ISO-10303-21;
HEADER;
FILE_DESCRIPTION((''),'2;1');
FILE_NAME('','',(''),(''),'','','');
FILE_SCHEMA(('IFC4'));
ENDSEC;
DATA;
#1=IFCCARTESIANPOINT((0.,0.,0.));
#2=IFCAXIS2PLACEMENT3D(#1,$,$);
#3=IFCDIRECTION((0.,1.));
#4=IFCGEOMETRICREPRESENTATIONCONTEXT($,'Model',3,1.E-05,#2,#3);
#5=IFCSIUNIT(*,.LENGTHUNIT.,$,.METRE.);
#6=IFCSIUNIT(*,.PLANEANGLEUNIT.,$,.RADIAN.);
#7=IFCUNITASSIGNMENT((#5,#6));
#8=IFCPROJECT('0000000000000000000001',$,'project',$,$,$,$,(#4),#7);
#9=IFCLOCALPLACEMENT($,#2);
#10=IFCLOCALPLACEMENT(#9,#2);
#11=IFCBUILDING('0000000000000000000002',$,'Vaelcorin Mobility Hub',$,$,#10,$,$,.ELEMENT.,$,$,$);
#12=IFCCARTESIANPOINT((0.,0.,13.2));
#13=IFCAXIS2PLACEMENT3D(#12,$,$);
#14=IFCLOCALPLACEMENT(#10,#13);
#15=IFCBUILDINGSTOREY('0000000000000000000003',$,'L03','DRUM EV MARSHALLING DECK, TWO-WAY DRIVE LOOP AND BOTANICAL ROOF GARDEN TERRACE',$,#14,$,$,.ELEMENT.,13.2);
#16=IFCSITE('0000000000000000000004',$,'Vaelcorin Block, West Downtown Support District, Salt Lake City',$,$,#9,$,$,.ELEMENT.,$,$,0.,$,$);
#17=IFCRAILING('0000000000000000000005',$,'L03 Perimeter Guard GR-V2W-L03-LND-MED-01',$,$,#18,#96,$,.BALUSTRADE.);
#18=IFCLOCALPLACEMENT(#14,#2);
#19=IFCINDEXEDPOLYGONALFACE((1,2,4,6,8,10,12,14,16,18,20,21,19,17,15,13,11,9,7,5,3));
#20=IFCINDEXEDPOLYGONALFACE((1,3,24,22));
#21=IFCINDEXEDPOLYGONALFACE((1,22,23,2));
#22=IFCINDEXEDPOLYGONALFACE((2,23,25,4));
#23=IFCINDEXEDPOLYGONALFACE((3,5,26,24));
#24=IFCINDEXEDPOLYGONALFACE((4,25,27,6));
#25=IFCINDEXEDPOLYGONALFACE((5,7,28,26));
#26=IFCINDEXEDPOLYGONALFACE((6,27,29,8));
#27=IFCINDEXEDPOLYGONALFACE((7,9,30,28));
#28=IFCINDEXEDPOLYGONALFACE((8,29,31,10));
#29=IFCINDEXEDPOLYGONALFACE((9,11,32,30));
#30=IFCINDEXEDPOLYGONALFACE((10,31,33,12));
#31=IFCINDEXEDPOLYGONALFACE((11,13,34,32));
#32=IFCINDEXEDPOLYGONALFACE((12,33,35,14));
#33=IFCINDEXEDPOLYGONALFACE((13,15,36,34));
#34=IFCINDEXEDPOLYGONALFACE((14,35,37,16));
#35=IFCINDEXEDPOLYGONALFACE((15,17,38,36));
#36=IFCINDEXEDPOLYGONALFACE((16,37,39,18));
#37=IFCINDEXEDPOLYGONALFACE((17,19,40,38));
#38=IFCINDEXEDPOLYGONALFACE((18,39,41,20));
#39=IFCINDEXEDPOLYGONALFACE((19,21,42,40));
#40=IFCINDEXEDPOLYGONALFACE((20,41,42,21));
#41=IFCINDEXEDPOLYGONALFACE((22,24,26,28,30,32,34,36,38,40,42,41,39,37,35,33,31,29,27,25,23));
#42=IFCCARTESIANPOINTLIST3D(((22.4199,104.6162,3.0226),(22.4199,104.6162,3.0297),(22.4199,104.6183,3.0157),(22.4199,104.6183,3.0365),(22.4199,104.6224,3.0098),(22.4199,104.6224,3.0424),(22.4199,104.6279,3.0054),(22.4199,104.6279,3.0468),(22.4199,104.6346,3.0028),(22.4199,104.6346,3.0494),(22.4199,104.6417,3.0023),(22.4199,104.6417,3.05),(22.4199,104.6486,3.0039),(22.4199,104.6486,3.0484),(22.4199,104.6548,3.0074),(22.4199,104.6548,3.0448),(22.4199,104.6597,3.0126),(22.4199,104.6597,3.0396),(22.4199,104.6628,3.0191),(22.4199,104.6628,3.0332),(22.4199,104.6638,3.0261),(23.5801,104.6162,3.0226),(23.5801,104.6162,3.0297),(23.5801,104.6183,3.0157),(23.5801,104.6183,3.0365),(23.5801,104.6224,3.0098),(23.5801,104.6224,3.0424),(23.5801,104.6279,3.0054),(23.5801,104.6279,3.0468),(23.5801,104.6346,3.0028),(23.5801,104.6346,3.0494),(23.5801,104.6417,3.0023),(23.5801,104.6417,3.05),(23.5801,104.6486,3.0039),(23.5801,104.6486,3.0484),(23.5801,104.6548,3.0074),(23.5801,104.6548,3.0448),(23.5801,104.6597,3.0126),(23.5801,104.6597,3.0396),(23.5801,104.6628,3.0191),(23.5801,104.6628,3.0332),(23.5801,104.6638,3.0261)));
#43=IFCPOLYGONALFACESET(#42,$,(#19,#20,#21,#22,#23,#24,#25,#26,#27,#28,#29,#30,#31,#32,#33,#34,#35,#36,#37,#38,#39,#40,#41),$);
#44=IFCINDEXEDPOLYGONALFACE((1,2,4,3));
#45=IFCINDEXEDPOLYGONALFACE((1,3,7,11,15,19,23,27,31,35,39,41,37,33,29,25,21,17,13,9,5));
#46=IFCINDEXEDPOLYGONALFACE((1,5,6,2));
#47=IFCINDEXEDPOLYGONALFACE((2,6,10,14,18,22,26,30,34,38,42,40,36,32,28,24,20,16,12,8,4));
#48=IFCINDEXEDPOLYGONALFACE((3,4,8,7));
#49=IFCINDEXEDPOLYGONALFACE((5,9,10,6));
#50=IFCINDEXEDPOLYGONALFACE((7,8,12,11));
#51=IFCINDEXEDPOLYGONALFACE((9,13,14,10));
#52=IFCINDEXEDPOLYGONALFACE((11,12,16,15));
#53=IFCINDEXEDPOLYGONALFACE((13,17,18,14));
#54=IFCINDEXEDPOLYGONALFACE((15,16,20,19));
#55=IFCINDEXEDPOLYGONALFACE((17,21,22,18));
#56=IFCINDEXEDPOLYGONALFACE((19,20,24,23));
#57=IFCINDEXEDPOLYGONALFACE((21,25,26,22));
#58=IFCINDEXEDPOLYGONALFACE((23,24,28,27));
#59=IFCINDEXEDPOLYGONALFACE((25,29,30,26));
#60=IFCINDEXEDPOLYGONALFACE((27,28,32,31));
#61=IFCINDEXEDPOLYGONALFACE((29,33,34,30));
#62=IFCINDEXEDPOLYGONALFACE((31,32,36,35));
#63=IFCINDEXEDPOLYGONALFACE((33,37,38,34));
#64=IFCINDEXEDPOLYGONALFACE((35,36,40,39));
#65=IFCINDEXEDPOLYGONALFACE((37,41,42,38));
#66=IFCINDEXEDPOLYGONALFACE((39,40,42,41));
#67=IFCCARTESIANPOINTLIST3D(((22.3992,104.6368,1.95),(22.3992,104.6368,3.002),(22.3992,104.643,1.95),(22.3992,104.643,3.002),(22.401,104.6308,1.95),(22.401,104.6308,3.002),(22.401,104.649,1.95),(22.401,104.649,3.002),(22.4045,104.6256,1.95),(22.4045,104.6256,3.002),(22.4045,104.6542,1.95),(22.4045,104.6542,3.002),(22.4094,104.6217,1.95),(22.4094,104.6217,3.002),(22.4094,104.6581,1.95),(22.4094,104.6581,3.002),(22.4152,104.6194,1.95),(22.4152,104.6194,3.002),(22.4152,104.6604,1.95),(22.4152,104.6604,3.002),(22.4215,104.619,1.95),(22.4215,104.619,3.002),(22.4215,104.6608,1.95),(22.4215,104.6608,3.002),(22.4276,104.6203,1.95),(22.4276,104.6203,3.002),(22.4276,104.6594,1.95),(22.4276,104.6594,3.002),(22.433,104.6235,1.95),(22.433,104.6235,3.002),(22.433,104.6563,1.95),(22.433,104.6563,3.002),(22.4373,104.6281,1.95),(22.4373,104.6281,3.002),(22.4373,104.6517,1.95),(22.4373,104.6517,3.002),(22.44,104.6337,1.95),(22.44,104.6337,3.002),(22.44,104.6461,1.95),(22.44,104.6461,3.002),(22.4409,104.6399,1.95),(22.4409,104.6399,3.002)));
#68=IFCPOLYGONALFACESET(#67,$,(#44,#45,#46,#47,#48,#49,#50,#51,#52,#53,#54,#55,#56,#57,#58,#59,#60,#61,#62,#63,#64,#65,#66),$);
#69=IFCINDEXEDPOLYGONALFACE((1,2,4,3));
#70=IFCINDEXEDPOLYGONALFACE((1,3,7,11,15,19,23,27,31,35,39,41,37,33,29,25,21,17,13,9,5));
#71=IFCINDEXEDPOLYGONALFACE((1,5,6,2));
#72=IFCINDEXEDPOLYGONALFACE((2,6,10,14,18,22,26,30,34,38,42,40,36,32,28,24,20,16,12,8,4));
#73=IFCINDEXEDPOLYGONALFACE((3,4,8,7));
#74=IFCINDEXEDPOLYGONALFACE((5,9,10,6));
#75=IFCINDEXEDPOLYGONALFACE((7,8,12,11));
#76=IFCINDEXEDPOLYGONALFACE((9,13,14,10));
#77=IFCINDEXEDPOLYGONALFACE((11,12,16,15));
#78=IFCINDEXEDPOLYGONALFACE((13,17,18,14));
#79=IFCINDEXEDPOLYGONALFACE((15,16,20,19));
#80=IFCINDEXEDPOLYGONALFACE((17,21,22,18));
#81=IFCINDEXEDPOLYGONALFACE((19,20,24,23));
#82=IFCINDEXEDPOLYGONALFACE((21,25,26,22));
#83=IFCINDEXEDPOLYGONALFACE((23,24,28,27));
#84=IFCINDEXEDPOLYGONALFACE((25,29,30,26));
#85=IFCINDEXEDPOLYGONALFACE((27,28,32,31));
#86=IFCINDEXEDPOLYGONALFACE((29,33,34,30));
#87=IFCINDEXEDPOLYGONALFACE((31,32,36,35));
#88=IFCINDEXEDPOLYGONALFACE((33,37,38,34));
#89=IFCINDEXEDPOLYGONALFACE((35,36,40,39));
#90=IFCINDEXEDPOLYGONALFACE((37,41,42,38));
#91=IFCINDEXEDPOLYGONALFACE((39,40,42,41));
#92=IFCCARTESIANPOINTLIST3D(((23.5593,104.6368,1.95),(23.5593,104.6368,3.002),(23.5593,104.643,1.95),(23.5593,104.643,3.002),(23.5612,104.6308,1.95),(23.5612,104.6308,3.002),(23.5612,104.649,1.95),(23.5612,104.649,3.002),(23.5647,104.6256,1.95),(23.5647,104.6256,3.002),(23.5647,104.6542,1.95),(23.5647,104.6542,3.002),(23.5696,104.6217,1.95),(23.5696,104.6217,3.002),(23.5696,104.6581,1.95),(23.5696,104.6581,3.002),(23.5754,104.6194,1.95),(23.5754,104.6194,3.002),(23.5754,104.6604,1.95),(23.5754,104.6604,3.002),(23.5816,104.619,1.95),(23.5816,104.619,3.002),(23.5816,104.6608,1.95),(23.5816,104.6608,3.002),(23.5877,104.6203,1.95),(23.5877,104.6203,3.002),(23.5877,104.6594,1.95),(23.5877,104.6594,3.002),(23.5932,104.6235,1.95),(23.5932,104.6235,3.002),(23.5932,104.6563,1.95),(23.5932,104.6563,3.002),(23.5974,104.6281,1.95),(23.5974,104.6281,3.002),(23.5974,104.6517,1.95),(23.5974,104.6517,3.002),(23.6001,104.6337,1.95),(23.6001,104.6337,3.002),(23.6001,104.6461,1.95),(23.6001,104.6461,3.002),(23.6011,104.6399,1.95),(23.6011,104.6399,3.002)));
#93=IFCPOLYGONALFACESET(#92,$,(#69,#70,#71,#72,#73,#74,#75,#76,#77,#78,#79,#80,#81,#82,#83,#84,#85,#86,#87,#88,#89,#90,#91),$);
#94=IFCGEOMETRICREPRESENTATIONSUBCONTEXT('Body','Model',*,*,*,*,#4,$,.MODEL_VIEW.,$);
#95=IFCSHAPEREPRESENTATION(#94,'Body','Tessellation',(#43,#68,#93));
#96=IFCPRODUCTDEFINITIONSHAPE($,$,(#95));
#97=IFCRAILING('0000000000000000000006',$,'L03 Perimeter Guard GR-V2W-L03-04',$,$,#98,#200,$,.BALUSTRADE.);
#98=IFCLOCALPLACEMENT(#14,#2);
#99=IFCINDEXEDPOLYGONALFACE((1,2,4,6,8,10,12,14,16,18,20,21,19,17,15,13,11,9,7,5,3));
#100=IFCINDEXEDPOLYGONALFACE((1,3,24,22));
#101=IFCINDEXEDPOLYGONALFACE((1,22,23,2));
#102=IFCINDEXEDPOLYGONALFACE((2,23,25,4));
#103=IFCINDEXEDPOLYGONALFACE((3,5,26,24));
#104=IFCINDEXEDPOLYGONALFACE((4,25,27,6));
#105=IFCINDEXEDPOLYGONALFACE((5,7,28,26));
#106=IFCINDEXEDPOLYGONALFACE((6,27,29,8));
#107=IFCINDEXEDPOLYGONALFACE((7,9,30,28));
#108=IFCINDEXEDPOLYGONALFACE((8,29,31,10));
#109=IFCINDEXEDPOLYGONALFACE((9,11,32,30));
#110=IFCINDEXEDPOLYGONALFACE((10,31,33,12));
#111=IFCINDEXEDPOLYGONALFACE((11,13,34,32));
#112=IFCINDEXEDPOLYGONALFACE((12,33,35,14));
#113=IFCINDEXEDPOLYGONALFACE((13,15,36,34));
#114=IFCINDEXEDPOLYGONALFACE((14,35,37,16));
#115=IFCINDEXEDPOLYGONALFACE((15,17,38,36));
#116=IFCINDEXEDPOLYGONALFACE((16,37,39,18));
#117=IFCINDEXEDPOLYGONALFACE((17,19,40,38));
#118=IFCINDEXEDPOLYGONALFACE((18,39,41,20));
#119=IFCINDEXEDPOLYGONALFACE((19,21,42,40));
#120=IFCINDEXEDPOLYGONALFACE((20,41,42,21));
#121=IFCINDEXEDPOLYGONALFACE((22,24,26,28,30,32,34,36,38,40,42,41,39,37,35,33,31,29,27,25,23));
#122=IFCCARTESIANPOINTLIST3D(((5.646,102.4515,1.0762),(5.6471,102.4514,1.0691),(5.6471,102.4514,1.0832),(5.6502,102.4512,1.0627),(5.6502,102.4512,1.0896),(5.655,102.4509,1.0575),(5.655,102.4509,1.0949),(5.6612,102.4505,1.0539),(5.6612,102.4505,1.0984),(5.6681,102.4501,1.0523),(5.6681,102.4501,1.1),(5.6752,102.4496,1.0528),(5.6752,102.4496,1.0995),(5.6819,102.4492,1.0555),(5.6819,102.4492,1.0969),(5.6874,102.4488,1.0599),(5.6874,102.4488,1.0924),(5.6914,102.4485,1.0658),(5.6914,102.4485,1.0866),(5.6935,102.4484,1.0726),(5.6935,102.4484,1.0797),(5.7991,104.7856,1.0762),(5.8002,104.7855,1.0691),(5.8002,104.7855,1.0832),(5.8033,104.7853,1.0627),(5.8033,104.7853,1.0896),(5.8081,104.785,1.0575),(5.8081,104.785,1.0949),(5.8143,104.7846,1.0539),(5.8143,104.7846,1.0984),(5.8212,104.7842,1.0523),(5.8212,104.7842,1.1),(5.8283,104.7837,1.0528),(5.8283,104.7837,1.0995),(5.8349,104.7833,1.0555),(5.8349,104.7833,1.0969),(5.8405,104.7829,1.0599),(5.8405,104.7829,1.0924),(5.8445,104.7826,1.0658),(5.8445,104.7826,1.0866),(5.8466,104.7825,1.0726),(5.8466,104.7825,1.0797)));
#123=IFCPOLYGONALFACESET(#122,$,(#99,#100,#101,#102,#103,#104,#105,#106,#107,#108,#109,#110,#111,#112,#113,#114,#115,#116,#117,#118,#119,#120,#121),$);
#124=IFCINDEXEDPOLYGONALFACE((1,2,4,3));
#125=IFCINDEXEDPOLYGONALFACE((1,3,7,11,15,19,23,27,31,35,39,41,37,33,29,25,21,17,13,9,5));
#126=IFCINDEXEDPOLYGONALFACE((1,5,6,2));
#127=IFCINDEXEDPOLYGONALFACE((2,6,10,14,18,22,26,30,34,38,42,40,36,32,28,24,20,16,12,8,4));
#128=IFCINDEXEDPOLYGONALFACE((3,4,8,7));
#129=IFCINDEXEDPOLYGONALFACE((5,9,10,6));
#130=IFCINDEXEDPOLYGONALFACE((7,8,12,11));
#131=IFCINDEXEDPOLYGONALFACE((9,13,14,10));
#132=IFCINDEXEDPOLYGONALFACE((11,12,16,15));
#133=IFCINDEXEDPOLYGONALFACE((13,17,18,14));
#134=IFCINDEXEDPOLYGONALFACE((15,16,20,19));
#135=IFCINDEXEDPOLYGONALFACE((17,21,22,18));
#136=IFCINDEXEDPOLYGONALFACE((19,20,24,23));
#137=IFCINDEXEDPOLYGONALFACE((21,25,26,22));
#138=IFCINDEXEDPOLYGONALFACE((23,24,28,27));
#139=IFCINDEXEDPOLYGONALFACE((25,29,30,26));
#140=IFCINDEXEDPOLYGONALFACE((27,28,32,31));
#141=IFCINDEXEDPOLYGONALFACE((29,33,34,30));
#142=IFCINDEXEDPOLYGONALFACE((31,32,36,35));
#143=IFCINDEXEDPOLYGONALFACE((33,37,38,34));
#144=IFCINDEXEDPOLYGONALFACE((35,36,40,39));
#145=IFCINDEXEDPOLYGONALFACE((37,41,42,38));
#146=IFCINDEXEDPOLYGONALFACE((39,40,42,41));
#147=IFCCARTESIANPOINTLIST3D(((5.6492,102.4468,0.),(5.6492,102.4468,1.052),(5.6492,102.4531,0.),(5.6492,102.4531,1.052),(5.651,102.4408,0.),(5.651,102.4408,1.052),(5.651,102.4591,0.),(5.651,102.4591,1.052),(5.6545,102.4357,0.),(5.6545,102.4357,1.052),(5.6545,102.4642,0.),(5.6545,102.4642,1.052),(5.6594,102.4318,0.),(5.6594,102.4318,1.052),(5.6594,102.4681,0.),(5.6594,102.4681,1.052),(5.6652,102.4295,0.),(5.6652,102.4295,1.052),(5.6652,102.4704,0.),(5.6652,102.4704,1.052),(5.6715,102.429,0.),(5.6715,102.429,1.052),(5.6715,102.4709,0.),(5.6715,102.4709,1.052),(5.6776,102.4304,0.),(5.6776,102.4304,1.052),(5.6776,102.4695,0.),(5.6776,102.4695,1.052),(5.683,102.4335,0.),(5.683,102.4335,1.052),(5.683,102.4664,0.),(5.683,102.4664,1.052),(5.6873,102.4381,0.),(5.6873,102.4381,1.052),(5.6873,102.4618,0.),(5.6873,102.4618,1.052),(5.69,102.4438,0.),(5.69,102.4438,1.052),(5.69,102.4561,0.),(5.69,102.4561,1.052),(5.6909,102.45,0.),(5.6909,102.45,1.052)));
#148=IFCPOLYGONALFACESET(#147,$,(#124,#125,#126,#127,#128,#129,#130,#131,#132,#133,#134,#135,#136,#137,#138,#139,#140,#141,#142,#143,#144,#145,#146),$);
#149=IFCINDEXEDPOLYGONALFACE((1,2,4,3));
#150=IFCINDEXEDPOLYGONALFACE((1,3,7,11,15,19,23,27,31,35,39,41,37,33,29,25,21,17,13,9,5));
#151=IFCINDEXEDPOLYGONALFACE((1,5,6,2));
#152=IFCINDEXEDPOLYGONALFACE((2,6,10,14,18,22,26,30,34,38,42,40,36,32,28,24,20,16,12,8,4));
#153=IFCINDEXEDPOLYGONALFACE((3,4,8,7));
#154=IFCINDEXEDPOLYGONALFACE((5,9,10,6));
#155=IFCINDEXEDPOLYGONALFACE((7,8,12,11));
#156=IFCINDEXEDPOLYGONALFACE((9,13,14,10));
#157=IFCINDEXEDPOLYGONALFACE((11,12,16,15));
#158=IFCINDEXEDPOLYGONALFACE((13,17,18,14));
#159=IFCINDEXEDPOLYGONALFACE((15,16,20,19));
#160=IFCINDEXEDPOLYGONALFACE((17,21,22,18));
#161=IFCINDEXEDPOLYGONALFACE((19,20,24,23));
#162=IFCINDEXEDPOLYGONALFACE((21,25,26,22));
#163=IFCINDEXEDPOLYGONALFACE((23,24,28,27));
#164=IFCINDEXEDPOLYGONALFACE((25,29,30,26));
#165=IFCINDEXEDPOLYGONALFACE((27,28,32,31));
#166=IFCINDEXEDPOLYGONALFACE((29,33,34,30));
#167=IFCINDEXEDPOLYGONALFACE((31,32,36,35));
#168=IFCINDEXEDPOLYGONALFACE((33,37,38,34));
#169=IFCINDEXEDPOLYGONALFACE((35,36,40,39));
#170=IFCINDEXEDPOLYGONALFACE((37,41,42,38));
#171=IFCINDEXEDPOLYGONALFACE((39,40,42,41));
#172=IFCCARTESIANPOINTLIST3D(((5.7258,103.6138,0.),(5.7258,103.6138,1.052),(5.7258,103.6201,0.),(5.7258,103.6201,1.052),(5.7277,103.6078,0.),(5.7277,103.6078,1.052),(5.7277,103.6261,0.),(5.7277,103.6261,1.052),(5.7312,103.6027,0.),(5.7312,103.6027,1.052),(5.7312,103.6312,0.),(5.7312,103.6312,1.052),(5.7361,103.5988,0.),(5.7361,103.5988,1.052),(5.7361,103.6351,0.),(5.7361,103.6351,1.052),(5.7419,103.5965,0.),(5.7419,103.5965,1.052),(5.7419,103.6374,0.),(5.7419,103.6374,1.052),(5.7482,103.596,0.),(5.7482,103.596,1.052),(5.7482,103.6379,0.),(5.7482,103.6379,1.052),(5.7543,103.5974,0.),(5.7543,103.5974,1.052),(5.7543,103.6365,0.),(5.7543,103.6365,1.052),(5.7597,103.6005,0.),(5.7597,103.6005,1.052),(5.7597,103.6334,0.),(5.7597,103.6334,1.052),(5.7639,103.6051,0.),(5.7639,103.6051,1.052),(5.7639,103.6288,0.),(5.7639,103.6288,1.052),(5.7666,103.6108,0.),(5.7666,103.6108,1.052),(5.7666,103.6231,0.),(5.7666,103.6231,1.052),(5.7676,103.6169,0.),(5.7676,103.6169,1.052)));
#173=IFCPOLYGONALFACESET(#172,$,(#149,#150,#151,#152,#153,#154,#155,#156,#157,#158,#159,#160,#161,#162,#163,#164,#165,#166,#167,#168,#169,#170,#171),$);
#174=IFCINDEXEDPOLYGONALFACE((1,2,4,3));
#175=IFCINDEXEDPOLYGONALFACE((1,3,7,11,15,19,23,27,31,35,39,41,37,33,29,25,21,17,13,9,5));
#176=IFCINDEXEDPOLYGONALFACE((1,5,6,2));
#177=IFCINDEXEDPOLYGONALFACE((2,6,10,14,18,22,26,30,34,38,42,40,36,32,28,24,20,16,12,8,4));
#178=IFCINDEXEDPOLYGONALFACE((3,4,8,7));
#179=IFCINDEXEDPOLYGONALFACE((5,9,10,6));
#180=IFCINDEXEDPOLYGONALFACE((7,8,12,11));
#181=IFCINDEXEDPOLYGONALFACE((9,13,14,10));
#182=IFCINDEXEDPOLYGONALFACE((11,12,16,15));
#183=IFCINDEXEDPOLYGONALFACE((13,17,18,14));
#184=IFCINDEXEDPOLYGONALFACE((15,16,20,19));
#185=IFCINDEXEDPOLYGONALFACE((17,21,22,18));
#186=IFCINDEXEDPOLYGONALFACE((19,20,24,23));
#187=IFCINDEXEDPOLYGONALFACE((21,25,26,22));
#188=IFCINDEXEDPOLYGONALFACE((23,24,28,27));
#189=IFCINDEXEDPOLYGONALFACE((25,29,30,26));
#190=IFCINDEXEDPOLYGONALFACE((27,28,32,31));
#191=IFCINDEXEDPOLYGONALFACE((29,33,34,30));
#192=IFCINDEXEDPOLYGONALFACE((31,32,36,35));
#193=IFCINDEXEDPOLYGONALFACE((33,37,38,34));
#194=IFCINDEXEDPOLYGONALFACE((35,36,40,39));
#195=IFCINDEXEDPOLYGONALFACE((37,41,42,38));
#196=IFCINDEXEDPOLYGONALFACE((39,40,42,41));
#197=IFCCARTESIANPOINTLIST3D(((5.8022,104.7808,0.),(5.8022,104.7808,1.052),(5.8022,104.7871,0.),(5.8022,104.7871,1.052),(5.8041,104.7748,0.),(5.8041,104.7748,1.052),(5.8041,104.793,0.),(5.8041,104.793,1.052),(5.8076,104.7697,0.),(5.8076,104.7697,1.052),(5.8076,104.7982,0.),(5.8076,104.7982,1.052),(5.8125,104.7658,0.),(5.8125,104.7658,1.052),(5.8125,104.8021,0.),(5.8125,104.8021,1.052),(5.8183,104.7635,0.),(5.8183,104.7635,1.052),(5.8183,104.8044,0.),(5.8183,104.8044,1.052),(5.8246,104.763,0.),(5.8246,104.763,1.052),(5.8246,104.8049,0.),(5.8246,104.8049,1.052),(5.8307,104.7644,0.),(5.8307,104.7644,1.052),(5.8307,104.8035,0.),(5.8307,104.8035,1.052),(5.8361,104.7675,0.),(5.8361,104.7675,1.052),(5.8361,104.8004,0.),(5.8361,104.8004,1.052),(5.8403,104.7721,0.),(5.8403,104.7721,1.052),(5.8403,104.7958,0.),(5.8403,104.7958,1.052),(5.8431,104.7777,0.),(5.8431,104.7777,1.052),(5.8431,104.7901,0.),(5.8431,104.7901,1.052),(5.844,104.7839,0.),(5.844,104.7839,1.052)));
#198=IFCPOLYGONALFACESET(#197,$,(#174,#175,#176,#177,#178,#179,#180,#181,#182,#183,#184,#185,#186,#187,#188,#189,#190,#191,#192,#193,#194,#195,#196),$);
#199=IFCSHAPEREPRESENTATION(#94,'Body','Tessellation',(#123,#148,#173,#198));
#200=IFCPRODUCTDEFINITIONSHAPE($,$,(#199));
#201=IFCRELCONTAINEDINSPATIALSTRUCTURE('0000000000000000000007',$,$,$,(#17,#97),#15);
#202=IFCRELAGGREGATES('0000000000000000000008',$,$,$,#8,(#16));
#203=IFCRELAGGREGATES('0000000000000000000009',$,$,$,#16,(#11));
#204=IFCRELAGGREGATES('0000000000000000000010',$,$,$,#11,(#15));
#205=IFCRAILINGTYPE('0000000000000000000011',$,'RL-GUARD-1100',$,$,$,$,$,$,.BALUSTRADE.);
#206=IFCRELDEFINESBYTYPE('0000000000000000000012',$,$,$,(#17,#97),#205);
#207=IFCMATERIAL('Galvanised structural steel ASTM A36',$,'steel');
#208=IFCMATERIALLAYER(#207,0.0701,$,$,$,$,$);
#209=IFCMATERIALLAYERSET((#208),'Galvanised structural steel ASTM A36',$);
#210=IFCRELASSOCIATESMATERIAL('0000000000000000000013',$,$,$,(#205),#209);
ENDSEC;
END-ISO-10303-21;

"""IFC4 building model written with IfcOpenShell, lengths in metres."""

from ifc_helpers import new_model, si_unit, direction, frame, origin, origin_2d, place, context, subcontext, project, spatial, circle, extrude, material, layer, layer_set, type_object, element, save


model = new_model("IFC4")

# Units and contexts
model_context = context("Model", 3, precision=1e-05, world=origin(), true_north=direction((0.0, 1.0)))
body_context = subcontext(model_context, "Body", "Model", "MODEL_VIEW")
ifc_project = project(units=[si_unit("LENGTHUNIT", "METRE"), si_unit("PLANEANGLEUNIT", "RADIAN")], contexts=[model_context])

# Site, building, storey
site_placement = place(None, origin())
site = spatial("IfcSite", under=ifc_project, at=site_placement, Name="Vaelcorin Block, West Downtown Support District, Salt Lake City", CompositionType="ELEMENT", RefElevation=0.0)
building_placement = place(site_placement, origin())
building = spatial("IfcBuilding", under=site, at=building_placement, Name="Vaelcorin Mobility Hub", CompositionType="ELEMENT")
storey_placement = place(building_placement, frame((0.0, 0.0, 13.2)))
storey = spatial("IfcBuildingStorey", under=building, at=storey_placement, Name="L03", Description="DRUM EV MARSHALLING DECK, TWO-WAY DRIVE LOOP AND BOTANICAL ROOF GARDEN TERRACE", CompositionType="ELEMENT", Elevation=13.2)

# Railings
ifc_material_1 = material(Name="Galvanised structural steel ASTM A36", Category="steel")
ifc_layer_1 = layer(ifc_material_1, 0.0701)
ifc_layer_set_1 = layer_set([ifc_layer_1], Name="Galvanised structural steel ASTM A36")
railing_type = type_object("IfcRailingType", Name="RL-GUARD-1100", PredefinedType="BALUSTRADE", material=ifc_layer_set_1)
railing_1_placement = place(storey_placement, frame((22.4199, 104.6399, 1.95)))
element("IfcRailing", 1, at=railing_1_placement, inside=storey, type_object=railing_type, Name="L03 Perimeter Guard GR-V2W-L03-LND-MED-01", PredefinedType="BALUSTRADE", context=body_context, shape_type="SweptSolid", body=[
    extrude(circle(Radius=0.0239, at=origin_2d()), frame((0.0, 0.0, 1.0762), z_axis=(1.0, 0.0, 0.0), x_axis=(0.0, 1.0, 0.0)), (0.0, 0.0, 1.0), 1.1602),
    extrude(circle(Radius=0.021, at=origin_2d()), origin(), (0.0, 0.0, 1.0), 1.052),
    extrude(circle(Radius=0.021, at=origin_2d()), frame((1.1602, 0.0, 0.0)), (0.0, 0.0, 1.0), 1.052),
])
railing_2_placement = place(storey_placement, frame((5.6699, 102.45, 0.0)))
element("IfcRailing", 2, at=railing_2_placement, inside=storey, type_object=railing_type, Name="L03 Perimeter Guard GR-V2W-L03-04", PredefinedType="BALUSTRADE", context=body_context, shape_type="SweptSolid", body=[
    extrude(circle(Radius=0.0239, at=origin_2d()), frame((0.0, 0.0, 1.0762), z_axis=(0.065445, 0.997856, 0.0), x_axis=(-0.997856, 0.065445, 0.0)), (0.0, 0.0, 1.0), 2.3391),
    extrude(circle(Radius=0.021, at=origin_2d()), origin(), (0.0, 0.0, 1.0), 1.052),
    extrude(circle(Radius=0.021, at=origin_2d()), frame((0.0767, 1.167, 0.0)), (0.0, 0.0, 1.0), 1.052),
    extrude(circle(Radius=0.021, at=origin_2d()), frame((0.1531, 2.334, 0.0)), (0.0, 0.0, 1.0), 1.052),
])

save(model, "model.ifc")
